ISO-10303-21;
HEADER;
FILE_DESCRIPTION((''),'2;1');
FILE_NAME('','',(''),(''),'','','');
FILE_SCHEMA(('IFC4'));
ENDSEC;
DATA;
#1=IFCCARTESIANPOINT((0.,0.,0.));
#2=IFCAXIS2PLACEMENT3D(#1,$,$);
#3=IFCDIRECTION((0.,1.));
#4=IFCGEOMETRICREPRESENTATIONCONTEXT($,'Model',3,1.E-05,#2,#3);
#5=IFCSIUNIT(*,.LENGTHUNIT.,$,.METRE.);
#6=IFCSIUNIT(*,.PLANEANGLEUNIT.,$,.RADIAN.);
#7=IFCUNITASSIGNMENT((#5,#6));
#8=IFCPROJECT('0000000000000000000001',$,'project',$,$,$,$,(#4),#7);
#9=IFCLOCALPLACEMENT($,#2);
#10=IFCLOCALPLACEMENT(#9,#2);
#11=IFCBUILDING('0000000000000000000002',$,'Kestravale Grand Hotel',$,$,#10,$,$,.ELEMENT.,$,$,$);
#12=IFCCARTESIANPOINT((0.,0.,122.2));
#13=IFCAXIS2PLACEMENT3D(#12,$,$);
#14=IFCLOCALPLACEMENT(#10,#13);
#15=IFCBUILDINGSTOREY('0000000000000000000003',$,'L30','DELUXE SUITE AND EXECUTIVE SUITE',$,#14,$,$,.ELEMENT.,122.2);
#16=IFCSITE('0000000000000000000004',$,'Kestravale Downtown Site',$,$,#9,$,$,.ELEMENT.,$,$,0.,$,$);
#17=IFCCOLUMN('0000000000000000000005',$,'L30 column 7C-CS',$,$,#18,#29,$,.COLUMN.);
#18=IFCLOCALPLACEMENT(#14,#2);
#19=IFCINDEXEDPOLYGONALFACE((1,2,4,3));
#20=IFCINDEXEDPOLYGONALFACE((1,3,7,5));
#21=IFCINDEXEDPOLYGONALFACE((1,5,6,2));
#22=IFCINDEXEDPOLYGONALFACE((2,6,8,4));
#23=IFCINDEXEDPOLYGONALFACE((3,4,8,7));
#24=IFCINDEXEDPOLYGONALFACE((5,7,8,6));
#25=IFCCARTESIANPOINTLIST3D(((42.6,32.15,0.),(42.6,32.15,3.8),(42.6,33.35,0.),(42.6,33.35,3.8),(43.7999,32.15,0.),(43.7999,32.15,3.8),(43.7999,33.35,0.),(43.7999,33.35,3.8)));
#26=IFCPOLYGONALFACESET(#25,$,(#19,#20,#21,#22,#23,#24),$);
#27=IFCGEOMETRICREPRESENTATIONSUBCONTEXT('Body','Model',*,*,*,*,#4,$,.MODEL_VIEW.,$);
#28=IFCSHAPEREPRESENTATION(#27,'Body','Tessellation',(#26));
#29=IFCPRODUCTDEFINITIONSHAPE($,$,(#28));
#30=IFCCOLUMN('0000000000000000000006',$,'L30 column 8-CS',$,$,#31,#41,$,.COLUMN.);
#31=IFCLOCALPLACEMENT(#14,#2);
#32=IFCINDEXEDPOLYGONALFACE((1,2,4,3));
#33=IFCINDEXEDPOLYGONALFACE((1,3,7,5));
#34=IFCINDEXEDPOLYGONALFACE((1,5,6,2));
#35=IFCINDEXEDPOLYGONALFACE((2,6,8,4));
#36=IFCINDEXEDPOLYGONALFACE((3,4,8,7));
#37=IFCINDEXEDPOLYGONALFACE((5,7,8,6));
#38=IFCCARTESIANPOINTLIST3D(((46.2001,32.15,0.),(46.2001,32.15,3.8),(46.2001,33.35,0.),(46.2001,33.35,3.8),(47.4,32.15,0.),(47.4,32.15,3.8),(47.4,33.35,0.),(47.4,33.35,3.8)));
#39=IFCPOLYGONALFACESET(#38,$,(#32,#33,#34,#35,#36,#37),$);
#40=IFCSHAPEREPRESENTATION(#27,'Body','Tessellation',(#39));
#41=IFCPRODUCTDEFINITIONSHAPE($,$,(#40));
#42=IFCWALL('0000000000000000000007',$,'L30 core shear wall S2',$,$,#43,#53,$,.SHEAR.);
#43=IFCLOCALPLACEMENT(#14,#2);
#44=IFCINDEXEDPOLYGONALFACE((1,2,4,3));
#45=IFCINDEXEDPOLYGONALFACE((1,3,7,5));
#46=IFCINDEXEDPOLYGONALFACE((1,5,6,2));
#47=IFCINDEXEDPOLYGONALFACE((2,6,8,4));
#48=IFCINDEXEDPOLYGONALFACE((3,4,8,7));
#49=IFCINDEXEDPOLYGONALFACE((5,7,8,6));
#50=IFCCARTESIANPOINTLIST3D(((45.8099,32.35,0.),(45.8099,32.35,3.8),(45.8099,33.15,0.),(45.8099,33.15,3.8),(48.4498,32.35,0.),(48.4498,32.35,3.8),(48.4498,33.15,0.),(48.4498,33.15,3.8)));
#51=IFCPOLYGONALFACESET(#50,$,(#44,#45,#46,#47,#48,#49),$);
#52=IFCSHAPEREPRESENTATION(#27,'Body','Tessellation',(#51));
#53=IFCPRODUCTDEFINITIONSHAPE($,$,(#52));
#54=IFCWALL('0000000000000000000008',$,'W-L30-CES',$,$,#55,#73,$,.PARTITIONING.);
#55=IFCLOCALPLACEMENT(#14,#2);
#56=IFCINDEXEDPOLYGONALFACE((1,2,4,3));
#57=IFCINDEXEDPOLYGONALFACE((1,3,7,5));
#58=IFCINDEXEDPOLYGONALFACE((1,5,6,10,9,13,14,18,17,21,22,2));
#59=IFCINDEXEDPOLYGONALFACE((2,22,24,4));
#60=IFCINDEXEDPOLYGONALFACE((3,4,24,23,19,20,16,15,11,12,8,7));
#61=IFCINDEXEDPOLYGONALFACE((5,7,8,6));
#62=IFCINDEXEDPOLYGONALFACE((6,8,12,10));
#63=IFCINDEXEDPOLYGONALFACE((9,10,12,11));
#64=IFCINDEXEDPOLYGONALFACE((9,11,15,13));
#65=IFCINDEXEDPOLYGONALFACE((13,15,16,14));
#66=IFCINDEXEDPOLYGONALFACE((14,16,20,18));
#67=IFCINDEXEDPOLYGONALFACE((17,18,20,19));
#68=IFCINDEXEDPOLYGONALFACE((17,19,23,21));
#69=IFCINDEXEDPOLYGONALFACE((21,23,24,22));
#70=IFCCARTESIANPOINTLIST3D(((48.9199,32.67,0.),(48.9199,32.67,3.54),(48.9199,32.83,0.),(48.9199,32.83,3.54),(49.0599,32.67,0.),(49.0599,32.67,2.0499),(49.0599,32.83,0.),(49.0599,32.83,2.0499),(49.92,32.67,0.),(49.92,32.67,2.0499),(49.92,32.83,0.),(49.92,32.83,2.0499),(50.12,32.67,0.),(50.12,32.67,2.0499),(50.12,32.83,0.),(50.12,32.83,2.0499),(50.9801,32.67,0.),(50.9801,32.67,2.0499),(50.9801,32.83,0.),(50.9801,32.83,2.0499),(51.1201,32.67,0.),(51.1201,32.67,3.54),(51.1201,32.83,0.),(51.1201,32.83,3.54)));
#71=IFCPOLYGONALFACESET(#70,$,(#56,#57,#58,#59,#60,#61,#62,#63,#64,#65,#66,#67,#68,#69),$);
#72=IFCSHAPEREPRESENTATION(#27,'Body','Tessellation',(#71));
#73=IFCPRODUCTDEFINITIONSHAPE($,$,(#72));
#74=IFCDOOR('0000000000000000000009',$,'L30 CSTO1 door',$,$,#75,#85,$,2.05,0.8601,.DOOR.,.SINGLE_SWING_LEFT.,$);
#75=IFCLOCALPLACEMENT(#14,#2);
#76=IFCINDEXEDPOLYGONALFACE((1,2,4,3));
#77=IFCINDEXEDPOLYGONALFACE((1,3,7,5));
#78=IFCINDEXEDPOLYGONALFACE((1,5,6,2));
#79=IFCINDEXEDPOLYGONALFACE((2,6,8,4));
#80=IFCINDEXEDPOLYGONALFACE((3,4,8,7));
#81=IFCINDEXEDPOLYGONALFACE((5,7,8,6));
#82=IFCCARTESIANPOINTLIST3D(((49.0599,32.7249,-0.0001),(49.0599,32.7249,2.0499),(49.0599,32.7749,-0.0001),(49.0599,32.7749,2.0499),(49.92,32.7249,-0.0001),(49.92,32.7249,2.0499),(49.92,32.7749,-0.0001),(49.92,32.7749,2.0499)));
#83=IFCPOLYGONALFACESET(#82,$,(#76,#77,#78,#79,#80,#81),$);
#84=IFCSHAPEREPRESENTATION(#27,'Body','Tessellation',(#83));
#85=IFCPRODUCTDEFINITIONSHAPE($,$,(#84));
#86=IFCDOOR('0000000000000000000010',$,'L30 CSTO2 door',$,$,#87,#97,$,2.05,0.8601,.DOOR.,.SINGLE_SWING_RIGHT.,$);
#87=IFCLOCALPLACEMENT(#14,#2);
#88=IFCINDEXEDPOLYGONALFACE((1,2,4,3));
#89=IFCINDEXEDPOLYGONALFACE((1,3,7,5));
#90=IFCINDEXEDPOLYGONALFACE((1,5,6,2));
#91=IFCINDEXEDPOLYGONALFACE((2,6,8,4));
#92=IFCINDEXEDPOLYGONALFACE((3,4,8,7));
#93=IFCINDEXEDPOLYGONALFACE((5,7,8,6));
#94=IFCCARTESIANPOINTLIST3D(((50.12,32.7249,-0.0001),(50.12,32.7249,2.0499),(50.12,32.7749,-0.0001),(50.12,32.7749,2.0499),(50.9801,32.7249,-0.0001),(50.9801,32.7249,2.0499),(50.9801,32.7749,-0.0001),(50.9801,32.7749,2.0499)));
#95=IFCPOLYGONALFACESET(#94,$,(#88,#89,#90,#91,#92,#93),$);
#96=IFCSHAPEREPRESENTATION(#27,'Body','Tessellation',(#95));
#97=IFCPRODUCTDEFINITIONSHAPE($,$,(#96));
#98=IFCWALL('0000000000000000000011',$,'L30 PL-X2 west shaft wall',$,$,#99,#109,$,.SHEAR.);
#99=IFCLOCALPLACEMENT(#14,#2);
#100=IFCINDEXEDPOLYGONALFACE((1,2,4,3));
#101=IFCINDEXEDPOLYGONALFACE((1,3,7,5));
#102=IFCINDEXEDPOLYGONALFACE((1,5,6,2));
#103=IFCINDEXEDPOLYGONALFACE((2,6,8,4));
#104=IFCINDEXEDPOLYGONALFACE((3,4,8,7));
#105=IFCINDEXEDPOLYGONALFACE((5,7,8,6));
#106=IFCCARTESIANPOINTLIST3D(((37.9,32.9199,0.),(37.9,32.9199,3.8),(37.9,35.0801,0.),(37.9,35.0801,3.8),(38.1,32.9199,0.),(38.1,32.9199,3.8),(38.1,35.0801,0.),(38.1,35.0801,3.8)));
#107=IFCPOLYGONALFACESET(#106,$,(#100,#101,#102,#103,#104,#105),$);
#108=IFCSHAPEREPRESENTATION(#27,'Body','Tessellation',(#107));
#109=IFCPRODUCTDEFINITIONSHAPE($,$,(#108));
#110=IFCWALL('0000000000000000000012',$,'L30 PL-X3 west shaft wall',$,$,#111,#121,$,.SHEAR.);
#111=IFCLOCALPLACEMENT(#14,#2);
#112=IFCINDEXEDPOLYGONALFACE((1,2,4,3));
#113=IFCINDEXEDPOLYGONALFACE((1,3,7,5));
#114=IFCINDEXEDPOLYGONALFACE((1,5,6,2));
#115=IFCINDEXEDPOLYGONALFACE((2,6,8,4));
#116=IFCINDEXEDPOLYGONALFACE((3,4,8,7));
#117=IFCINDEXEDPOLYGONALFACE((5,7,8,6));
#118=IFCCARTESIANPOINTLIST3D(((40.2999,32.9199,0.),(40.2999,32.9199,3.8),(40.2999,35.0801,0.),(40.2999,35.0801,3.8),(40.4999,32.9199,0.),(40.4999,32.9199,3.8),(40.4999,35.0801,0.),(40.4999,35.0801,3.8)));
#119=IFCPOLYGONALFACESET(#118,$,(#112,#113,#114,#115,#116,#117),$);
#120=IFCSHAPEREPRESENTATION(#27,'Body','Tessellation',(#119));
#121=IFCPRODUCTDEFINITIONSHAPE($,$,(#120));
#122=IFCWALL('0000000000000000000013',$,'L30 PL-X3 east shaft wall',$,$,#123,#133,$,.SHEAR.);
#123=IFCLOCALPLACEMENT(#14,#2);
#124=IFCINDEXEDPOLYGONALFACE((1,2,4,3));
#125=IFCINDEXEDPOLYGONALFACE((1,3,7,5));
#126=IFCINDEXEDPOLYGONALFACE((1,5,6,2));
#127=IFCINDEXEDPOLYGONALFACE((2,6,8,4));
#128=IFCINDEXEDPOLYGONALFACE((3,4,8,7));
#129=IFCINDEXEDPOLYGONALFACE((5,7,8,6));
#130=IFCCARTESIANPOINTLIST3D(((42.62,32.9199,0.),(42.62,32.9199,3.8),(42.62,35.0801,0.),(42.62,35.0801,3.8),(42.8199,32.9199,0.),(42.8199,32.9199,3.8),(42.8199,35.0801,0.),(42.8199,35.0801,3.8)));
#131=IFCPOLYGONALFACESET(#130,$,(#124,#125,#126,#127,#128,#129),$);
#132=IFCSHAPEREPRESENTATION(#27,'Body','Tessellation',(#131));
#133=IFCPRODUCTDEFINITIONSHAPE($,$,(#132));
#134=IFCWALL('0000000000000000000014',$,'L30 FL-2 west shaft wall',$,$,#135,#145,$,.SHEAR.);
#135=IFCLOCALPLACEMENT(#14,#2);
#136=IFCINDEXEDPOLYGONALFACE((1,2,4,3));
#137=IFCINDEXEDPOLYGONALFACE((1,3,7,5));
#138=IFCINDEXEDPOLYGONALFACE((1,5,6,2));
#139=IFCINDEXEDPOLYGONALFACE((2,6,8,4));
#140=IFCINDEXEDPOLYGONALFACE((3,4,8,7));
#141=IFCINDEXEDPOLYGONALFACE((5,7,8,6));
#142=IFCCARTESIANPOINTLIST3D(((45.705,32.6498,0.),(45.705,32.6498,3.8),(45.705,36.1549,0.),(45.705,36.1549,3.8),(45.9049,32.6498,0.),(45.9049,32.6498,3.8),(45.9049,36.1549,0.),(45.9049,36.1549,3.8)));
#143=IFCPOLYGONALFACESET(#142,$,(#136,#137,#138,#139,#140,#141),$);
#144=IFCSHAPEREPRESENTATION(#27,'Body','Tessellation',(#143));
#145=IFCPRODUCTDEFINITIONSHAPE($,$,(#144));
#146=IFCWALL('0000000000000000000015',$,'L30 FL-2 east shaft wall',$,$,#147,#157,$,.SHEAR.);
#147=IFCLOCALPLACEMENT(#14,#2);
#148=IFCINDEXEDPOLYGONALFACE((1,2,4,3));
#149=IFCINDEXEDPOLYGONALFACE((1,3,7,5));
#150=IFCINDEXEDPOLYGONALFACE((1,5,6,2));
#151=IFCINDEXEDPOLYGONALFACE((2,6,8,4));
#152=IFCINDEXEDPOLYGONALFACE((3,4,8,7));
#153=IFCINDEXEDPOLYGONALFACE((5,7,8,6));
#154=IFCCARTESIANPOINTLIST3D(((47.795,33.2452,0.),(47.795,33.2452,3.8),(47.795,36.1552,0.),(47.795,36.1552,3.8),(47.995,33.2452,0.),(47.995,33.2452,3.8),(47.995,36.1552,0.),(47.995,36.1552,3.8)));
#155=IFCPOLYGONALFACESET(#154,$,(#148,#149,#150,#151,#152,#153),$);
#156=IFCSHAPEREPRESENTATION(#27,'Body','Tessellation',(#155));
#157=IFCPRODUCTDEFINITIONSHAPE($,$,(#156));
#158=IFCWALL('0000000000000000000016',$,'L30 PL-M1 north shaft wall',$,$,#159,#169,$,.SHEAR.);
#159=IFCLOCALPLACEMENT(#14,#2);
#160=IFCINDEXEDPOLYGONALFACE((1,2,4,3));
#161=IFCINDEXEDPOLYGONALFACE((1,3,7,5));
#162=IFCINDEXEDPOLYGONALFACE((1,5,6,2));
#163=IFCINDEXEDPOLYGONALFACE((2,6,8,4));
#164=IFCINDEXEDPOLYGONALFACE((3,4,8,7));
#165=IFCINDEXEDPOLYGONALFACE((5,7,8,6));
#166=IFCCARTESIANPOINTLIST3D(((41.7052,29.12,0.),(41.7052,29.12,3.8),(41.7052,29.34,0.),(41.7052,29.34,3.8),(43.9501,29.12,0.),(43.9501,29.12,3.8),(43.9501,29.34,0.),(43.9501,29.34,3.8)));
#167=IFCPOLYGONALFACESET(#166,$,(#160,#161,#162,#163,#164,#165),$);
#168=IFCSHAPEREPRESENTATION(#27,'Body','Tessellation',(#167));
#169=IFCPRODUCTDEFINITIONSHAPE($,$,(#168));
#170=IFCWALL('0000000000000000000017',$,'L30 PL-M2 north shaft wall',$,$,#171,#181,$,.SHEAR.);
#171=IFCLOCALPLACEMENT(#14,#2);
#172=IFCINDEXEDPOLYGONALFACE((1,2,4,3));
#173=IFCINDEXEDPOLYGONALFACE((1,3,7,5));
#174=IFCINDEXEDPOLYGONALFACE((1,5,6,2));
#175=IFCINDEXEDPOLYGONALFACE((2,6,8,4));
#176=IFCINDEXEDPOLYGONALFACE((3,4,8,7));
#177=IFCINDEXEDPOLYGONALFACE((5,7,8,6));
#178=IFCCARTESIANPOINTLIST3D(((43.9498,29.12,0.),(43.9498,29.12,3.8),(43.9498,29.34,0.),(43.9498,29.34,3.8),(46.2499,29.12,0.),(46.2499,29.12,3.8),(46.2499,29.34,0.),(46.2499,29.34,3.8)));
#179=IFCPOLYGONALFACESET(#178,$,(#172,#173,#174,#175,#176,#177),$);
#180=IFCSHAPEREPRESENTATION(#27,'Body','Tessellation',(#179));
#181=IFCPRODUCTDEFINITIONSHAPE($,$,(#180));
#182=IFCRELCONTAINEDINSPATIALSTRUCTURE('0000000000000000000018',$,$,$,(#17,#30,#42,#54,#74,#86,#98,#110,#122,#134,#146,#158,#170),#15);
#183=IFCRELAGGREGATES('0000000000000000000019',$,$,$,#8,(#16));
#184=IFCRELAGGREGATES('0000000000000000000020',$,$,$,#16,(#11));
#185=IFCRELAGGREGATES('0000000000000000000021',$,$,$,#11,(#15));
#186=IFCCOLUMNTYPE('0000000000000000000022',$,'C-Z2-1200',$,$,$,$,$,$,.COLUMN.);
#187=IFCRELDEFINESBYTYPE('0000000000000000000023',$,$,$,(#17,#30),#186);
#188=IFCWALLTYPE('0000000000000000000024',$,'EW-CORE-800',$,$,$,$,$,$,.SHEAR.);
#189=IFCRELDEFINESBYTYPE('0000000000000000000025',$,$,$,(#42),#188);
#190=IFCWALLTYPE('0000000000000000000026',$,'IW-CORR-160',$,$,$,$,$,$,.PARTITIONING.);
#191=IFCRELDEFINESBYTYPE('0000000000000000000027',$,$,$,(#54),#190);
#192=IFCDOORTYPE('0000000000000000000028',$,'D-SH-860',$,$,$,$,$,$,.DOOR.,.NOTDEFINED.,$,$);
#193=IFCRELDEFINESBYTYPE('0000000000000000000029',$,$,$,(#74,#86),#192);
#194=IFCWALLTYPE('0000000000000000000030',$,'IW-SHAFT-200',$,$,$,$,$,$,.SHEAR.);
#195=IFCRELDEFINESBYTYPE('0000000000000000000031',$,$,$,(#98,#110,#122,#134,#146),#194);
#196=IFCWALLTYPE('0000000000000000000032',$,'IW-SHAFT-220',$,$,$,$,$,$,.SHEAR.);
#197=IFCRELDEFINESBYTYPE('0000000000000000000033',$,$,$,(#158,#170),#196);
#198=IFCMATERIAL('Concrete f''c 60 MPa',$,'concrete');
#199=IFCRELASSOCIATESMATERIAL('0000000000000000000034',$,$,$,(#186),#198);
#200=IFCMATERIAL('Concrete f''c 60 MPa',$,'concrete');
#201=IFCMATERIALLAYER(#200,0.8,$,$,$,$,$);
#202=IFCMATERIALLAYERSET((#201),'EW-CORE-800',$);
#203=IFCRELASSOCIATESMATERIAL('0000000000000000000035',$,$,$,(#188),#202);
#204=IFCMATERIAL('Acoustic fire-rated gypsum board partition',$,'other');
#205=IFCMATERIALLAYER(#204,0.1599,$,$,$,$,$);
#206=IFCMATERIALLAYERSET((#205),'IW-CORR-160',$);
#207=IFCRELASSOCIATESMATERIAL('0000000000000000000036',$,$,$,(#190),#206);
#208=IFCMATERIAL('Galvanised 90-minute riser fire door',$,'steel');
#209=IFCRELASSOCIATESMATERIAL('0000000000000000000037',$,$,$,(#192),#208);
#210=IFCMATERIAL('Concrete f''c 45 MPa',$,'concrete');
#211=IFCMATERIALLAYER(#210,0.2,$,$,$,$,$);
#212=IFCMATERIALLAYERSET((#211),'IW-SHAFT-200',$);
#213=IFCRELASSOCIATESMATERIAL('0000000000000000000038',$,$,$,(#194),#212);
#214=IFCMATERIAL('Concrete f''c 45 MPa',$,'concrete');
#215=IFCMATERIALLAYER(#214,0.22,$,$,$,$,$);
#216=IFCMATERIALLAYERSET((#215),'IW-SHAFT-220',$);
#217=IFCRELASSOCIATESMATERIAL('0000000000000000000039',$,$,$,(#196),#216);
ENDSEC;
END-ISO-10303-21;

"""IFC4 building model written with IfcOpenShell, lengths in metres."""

from ifc_helpers import new_model, si_unit, direction, frame, frame_2d, origin, origin_2d, place, context, subcontext, project, spatial, rectangle, extrude, material, layer, layer_set, material_profile, profile_set, type_object, element, fill, save


model = new_model("IFC4")

# Units and contexts
model_context = context("Model", 3, precision=1e-05, world=origin(), true_north=direction((0.0, 1.0)))
body_context = subcontext(model_context, "Body", "Model", "MODEL_VIEW")
ifc_project = project(units=[si_unit("LENGTHUNIT", "METRE"), si_unit("PLANEANGLEUNIT", "RADIAN")], contexts=[model_context])

# Site, building, storey
site_placement = place(None, origin())
site = spatial("IfcSite", under=ifc_project, at=site_placement, Name="Kestravale Downtown Site", CompositionType="ELEMENT", RefElevation=0.0)
building_placement = place(site_placement, origin())
building = spatial("IfcBuilding", under=site, at=building_placement, Name="Kestravale Grand Hotel", CompositionType="ELEMENT")
storey_placement = place(building_placement, frame((0.0, 0.0, 122.2)))
storey = spatial("IfcBuildingStorey", under=building, at=storey_placement, Name="L30", Description="DELUXE SUITE AND EXECUTIVE SUITE", CompositionType="ELEMENT", Elevation=122.2)

# Columns
ifc_material_1 = material(Name="Concrete f'c 60 MPa", Category="concrete")
ifc_material_profile = material_profile(ifc_material_1, rectangle(XDim=1.2, YDim=1.2, at=origin_2d()))
ifc_profile_set = profile_set([ifc_material_profile], Name="Concrete f'c 60 MPa")
column_type = type_object("IfcColumnType", Name="C-Z2-1200", PredefinedType="COLUMN", material=ifc_profile_set)
for number, where, z_axis, x_axis, name in (
    (1, (43.2, 32.75, 0.0), (0.0, 0.0, 1.0), (1.0, 0.0, 0.0), "L30 column 7C-CS"),
    (2, (46.8, 32.75, 0.0), (0.0, 0.0, 1.0), (1.0, 0.0, 0.0), "L30 column 8-CS"),
):
    element("IfcColumn", number, at=place(storey_placement, frame(where, z_axis=z_axis, x_axis=x_axis)), inside=storey, type_object=column_type, Name=name, PredefinedType="COLUMN", context=body_context, shape_type="SweptSolid", body=[
        extrude(rectangle(XDim=1.2, YDim=1.2, at=origin_2d()), origin(), (0.0, 0.0, 1.0), 3.8),
    ])

# Wall
ifc_material_2 = material(Name="Concrete f'c 60 MPa", Category="concrete")
ifc_layer_1 = layer(ifc_material_2, 0.8)
ifc_layer_set_1 = layer_set([ifc_layer_1], Name="EW-CORE-800")
wall_type_1 = type_object("IfcWallType", Name="EW-CORE-800", PredefinedType="SHEAR", material=ifc_layer_set_1)
wall_1_placement = place(storey_placement, frame((45.8101, 32.75, 0.0), z_axis=(0.0, 0.0, 1.0), x_axis=(1.0, 0.0, 0.0)))
element("IfcWall", 3, at=wall_1_placement, inside=storey, type_object=wall_type_1, Name="L30 core shear wall S2", PredefinedType="SHEAR", context=body_context, shape_type="SweptSolid", body=[
    extrude(rectangle(XDim=2.6399, YDim=0.8, at=frame_2d((1.3198, 0.0))), origin(), (0.0, 0.0, 1.0), 3.8),
])

# Wall, openings, doors
ifc_material_3 = material(Name="Acoustic fire-rated gypsum board partition", Category="other")
ifc_layer_2 = layer(ifc_material_3, 0.1599)
ifc_layer_set_2 = layer_set([ifc_layer_2], Name="IW-CORR-160")
wall_type_2 = type_object("IfcWallType", Name="IW-CORR-160", PredefinedType="PARTITIONING", material=ifc_layer_set_2)
wall_2_placement = place(storey_placement, frame((48.9199, 32.75, 0.0), z_axis=(0.0, 0.0, 1.0), x_axis=(1.0, 0.0, 0.0)))
wall_2 = element("IfcWall", 4, at=wall_2_placement, inside=storey, type_object=wall_type_2, Name="W-L30-CES", PredefinedType="PARTITIONING", context=body_context, shape_type="SweptSolid", body=[
    extrude(rectangle(XDim=2.2002, YDim=0.1599, at=frame_2d((1.1001, 0.0))), origin(), (0.0, 0.0, 1.0), 3.54),
])
opening_1_placement = place(wall_2_placement, frame((0.1399, 0.0, 0.0)))
opening_1 = element("IfcOpeningElement", 5, at=opening_1_placement, cuts=wall_2, PredefinedType="OPENING", context=body_context, shape_type="SweptSolid", body=[
    extrude(rectangle(XDim=0.8601, YDim=2.05, at=frame_2d((0.4302, 1.0249))), frame((0.0, 0.0898, 0.0), z_axis=(0.0, -1.0, 0.0), x_axis=(1.0, 0.0, 0.0)), (0.0, 0.0, 1.0), 0.1799),
])
opening_2_placement = place(wall_2_placement, frame((1.2, 0.0, 0.0)))
opening_2 = element("IfcOpeningElement", 6, at=opening_2_placement, cuts=wall_2, PredefinedType="OPENING", context=body_context, shape_type="SweptSolid", body=[
    extrude(rectangle(XDim=0.8601, YDim=2.05, at=frame_2d((0.4302, 1.0249))), frame((0.0, 0.0898, 0.0), z_axis=(0.0, -1.0, 0.0), x_axis=(1.0, 0.0, 0.0)), (0.0, 0.0, 1.0), 0.1799),
])
ifc_material_4 = material(Name="Galvanised 90-minute riser fire door", Category="steel")
door_type_1 = type_object("IfcDoorType", Name="D-SH-860", OperationType="NOTDEFINED", PredefinedType="DOOR", material=ifc_material_4)
door_1_placement = place(opening_1_placement, origin())
door_1 = element("IfcDoor", 7, at=door_1_placement, inside=storey, type_object=door_type_1, Name="L30 CSTO1 door", OperationType="SINGLE_SWING_LEFT", OverallHeight=2.05, OverallWidth=0.8601, PredefinedType="DOOR", context=body_context, shape_type="SweptSolid", body=[
    extrude(rectangle(XDim=0.8601, YDim=2.05, at=frame_2d((0.4302, 1.0249))), frame((0.0, 0.0249, 0.0), z_axis=(0.0, -1.0, 0.0), x_axis=(1.0, 0.0, 0.0)), (0.0, 0.0, 1.0), 0.05),
])
fill(opening_1, door_1)
door_2_placement = place(opening_2_placement, origin())
door_2 = element("IfcDoor", 8, at=door_2_placement, inside=storey, type_object=door_type_1, Name="L30 CSTO2 door", OperationType="SINGLE_SWING_RIGHT", OverallHeight=2.05, OverallWidth=0.8601, PredefinedType="DOOR", context=body_context, shape_type="SweptSolid", body=[
    extrude(rectangle(XDim=0.8601, YDim=2.05, at=frame_2d((0.4302, 1.0249))), frame((0.0, 0.0249, 0.0), z_axis=(0.0, -1.0, 0.0), x_axis=(1.0, 0.0, 0.0)), (0.0, 0.0, 1.0), 0.05),
])
fill(opening_2, door_2)

# Walls
ifc_material_5 = material(Name="Concrete f'c 45 MPa", Category="concrete")
ifc_layer_3 = layer(ifc_material_5, 0.2)
ifc_layer_set_3 = layer_set([ifc_layer_3], Name="IW-SHAFT-200")
wall_type_3 = type_object("IfcWallType", Name="IW-SHAFT-200", PredefinedType="SHEAR", material=ifc_layer_set_3)
for number, where, z_axis, x_axis, name in (
    (9, (38.0, 32.9199, 0.0), (0.0, 0.0, 1.0), (0.0, 1.0, 0.0), "L30 PL-X2 west shaft wall"),
    (10, (40.3999, 32.9199, 0.0), (0.0, 0.0, 1.0), (0.0, 1.0, 0.0), "L30 PL-X3 west shaft wall"),
    (11, (42.72, 32.9199, 0.0), (0.0, 0.0, 1.0), (0.0, 1.0, 0.0), "L30 PL-X3 east shaft wall"),
):
    element("IfcWall", number, at=place(storey_placement, frame(where, z_axis=z_axis, x_axis=x_axis)), inside=storey, type_object=wall_type_3, Name=name, PredefinedType="SHEAR", context=body_context, shape_type="SweptSolid", body=[
        extrude(rectangle(XDim=2.1602, YDim=0.2, at=frame_2d((1.0801, 0.0))), origin(), (0.0, 0.0, 1.0), 3.8),
    ])
wall_3_placement = place(storey_placement, frame((45.8049, 32.6499, 0.0), z_axis=(0.0, 0.0, 1.0), x_axis=(0.0, 1.0, 0.0)))
element("IfcWall", 12, at=wall_3_placement, inside=storey, type_object=wall_type_3, Name="L30 FL-2 west shaft wall", PredefinedType="SHEAR", context=body_context, shape_type="SweptSolid", body=[
    extrude(rectangle(XDim=3.5051, YDim=0.2, at=frame_2d((1.7524, 0.0))), origin(), (0.0, 0.0, 1.0), 3.8),
])
wall_4_placement = place(storey_placement, frame((47.895, 33.2451, 0.0), z_axis=(0.0, 0.0, 1.0), x_axis=(0.0, 1.0, 0.0)))
element("IfcWall", 13, at=wall_4_placement, inside=storey, type_object=wall_type_3, Name="L30 FL-2 east shaft wall", PredefinedType="SHEAR", context=body_context, shape_type="SweptSolid", body=[
    extrude(rectangle(XDim=2.9099, YDim=0.2, at=frame_2d((1.4551, 0.0))), origin(), (0.0, 0.0, 1.0), 3.8),
])
ifc_material_6 = material(Name="Concrete f'c 45 MPa", Category="concrete")
ifc_layer_4 = layer(ifc_material_6, 0.22)
ifc_layer_set_4 = layer_set([ifc_layer_4], Name="IW-SHAFT-220")
wall_type_4 = type_object("IfcWallType", Name="IW-SHAFT-220", PredefinedType="SHEAR", material=ifc_layer_set_4)
wall_5_placement = place(storey_placement, frame((41.7051, 29.23, 0.0), z_axis=(0.0, 0.0, 1.0), x_axis=(1.0, 0.0, 0.0)))
element("IfcWall", 14, at=wall_5_placement, inside=storey, type_object=wall_type_4, Name="L30 PL-M1 north shaft wall", PredefinedType="SHEAR", context=body_context, shape_type="SweptSolid", body=[
    extrude(rectangle(XDim=2.2449, YDim=0.22, at=frame_2d((1.1226, 0.0))), origin(), (0.0, 0.0, 1.0), 3.8),
])
for number, where, z_axis, x_axis, name in (
    (15, (43.95, 29.23, 0.0), (0.0, 0.0, 1.0), (1.0, 0.0, 0.0), "L30 PL-M2 north shaft wall"),
):
    element("IfcWall", number, at=place(storey_placement, frame(where, z_axis=z_axis, x_axis=x_axis)), inside=storey, type_object=wall_type_4, Name=name, PredefinedType="SHEAR", context=body_context, shape_type="SweptSolid", body=[
        extrude(rectangle(XDim=2.3, YDim=0.22, at=frame_2d((1.1499, 0.0))), origin(), (0.0, 0.0, 1.0), 3.8),
    ])

save(model, "model.ifc")
